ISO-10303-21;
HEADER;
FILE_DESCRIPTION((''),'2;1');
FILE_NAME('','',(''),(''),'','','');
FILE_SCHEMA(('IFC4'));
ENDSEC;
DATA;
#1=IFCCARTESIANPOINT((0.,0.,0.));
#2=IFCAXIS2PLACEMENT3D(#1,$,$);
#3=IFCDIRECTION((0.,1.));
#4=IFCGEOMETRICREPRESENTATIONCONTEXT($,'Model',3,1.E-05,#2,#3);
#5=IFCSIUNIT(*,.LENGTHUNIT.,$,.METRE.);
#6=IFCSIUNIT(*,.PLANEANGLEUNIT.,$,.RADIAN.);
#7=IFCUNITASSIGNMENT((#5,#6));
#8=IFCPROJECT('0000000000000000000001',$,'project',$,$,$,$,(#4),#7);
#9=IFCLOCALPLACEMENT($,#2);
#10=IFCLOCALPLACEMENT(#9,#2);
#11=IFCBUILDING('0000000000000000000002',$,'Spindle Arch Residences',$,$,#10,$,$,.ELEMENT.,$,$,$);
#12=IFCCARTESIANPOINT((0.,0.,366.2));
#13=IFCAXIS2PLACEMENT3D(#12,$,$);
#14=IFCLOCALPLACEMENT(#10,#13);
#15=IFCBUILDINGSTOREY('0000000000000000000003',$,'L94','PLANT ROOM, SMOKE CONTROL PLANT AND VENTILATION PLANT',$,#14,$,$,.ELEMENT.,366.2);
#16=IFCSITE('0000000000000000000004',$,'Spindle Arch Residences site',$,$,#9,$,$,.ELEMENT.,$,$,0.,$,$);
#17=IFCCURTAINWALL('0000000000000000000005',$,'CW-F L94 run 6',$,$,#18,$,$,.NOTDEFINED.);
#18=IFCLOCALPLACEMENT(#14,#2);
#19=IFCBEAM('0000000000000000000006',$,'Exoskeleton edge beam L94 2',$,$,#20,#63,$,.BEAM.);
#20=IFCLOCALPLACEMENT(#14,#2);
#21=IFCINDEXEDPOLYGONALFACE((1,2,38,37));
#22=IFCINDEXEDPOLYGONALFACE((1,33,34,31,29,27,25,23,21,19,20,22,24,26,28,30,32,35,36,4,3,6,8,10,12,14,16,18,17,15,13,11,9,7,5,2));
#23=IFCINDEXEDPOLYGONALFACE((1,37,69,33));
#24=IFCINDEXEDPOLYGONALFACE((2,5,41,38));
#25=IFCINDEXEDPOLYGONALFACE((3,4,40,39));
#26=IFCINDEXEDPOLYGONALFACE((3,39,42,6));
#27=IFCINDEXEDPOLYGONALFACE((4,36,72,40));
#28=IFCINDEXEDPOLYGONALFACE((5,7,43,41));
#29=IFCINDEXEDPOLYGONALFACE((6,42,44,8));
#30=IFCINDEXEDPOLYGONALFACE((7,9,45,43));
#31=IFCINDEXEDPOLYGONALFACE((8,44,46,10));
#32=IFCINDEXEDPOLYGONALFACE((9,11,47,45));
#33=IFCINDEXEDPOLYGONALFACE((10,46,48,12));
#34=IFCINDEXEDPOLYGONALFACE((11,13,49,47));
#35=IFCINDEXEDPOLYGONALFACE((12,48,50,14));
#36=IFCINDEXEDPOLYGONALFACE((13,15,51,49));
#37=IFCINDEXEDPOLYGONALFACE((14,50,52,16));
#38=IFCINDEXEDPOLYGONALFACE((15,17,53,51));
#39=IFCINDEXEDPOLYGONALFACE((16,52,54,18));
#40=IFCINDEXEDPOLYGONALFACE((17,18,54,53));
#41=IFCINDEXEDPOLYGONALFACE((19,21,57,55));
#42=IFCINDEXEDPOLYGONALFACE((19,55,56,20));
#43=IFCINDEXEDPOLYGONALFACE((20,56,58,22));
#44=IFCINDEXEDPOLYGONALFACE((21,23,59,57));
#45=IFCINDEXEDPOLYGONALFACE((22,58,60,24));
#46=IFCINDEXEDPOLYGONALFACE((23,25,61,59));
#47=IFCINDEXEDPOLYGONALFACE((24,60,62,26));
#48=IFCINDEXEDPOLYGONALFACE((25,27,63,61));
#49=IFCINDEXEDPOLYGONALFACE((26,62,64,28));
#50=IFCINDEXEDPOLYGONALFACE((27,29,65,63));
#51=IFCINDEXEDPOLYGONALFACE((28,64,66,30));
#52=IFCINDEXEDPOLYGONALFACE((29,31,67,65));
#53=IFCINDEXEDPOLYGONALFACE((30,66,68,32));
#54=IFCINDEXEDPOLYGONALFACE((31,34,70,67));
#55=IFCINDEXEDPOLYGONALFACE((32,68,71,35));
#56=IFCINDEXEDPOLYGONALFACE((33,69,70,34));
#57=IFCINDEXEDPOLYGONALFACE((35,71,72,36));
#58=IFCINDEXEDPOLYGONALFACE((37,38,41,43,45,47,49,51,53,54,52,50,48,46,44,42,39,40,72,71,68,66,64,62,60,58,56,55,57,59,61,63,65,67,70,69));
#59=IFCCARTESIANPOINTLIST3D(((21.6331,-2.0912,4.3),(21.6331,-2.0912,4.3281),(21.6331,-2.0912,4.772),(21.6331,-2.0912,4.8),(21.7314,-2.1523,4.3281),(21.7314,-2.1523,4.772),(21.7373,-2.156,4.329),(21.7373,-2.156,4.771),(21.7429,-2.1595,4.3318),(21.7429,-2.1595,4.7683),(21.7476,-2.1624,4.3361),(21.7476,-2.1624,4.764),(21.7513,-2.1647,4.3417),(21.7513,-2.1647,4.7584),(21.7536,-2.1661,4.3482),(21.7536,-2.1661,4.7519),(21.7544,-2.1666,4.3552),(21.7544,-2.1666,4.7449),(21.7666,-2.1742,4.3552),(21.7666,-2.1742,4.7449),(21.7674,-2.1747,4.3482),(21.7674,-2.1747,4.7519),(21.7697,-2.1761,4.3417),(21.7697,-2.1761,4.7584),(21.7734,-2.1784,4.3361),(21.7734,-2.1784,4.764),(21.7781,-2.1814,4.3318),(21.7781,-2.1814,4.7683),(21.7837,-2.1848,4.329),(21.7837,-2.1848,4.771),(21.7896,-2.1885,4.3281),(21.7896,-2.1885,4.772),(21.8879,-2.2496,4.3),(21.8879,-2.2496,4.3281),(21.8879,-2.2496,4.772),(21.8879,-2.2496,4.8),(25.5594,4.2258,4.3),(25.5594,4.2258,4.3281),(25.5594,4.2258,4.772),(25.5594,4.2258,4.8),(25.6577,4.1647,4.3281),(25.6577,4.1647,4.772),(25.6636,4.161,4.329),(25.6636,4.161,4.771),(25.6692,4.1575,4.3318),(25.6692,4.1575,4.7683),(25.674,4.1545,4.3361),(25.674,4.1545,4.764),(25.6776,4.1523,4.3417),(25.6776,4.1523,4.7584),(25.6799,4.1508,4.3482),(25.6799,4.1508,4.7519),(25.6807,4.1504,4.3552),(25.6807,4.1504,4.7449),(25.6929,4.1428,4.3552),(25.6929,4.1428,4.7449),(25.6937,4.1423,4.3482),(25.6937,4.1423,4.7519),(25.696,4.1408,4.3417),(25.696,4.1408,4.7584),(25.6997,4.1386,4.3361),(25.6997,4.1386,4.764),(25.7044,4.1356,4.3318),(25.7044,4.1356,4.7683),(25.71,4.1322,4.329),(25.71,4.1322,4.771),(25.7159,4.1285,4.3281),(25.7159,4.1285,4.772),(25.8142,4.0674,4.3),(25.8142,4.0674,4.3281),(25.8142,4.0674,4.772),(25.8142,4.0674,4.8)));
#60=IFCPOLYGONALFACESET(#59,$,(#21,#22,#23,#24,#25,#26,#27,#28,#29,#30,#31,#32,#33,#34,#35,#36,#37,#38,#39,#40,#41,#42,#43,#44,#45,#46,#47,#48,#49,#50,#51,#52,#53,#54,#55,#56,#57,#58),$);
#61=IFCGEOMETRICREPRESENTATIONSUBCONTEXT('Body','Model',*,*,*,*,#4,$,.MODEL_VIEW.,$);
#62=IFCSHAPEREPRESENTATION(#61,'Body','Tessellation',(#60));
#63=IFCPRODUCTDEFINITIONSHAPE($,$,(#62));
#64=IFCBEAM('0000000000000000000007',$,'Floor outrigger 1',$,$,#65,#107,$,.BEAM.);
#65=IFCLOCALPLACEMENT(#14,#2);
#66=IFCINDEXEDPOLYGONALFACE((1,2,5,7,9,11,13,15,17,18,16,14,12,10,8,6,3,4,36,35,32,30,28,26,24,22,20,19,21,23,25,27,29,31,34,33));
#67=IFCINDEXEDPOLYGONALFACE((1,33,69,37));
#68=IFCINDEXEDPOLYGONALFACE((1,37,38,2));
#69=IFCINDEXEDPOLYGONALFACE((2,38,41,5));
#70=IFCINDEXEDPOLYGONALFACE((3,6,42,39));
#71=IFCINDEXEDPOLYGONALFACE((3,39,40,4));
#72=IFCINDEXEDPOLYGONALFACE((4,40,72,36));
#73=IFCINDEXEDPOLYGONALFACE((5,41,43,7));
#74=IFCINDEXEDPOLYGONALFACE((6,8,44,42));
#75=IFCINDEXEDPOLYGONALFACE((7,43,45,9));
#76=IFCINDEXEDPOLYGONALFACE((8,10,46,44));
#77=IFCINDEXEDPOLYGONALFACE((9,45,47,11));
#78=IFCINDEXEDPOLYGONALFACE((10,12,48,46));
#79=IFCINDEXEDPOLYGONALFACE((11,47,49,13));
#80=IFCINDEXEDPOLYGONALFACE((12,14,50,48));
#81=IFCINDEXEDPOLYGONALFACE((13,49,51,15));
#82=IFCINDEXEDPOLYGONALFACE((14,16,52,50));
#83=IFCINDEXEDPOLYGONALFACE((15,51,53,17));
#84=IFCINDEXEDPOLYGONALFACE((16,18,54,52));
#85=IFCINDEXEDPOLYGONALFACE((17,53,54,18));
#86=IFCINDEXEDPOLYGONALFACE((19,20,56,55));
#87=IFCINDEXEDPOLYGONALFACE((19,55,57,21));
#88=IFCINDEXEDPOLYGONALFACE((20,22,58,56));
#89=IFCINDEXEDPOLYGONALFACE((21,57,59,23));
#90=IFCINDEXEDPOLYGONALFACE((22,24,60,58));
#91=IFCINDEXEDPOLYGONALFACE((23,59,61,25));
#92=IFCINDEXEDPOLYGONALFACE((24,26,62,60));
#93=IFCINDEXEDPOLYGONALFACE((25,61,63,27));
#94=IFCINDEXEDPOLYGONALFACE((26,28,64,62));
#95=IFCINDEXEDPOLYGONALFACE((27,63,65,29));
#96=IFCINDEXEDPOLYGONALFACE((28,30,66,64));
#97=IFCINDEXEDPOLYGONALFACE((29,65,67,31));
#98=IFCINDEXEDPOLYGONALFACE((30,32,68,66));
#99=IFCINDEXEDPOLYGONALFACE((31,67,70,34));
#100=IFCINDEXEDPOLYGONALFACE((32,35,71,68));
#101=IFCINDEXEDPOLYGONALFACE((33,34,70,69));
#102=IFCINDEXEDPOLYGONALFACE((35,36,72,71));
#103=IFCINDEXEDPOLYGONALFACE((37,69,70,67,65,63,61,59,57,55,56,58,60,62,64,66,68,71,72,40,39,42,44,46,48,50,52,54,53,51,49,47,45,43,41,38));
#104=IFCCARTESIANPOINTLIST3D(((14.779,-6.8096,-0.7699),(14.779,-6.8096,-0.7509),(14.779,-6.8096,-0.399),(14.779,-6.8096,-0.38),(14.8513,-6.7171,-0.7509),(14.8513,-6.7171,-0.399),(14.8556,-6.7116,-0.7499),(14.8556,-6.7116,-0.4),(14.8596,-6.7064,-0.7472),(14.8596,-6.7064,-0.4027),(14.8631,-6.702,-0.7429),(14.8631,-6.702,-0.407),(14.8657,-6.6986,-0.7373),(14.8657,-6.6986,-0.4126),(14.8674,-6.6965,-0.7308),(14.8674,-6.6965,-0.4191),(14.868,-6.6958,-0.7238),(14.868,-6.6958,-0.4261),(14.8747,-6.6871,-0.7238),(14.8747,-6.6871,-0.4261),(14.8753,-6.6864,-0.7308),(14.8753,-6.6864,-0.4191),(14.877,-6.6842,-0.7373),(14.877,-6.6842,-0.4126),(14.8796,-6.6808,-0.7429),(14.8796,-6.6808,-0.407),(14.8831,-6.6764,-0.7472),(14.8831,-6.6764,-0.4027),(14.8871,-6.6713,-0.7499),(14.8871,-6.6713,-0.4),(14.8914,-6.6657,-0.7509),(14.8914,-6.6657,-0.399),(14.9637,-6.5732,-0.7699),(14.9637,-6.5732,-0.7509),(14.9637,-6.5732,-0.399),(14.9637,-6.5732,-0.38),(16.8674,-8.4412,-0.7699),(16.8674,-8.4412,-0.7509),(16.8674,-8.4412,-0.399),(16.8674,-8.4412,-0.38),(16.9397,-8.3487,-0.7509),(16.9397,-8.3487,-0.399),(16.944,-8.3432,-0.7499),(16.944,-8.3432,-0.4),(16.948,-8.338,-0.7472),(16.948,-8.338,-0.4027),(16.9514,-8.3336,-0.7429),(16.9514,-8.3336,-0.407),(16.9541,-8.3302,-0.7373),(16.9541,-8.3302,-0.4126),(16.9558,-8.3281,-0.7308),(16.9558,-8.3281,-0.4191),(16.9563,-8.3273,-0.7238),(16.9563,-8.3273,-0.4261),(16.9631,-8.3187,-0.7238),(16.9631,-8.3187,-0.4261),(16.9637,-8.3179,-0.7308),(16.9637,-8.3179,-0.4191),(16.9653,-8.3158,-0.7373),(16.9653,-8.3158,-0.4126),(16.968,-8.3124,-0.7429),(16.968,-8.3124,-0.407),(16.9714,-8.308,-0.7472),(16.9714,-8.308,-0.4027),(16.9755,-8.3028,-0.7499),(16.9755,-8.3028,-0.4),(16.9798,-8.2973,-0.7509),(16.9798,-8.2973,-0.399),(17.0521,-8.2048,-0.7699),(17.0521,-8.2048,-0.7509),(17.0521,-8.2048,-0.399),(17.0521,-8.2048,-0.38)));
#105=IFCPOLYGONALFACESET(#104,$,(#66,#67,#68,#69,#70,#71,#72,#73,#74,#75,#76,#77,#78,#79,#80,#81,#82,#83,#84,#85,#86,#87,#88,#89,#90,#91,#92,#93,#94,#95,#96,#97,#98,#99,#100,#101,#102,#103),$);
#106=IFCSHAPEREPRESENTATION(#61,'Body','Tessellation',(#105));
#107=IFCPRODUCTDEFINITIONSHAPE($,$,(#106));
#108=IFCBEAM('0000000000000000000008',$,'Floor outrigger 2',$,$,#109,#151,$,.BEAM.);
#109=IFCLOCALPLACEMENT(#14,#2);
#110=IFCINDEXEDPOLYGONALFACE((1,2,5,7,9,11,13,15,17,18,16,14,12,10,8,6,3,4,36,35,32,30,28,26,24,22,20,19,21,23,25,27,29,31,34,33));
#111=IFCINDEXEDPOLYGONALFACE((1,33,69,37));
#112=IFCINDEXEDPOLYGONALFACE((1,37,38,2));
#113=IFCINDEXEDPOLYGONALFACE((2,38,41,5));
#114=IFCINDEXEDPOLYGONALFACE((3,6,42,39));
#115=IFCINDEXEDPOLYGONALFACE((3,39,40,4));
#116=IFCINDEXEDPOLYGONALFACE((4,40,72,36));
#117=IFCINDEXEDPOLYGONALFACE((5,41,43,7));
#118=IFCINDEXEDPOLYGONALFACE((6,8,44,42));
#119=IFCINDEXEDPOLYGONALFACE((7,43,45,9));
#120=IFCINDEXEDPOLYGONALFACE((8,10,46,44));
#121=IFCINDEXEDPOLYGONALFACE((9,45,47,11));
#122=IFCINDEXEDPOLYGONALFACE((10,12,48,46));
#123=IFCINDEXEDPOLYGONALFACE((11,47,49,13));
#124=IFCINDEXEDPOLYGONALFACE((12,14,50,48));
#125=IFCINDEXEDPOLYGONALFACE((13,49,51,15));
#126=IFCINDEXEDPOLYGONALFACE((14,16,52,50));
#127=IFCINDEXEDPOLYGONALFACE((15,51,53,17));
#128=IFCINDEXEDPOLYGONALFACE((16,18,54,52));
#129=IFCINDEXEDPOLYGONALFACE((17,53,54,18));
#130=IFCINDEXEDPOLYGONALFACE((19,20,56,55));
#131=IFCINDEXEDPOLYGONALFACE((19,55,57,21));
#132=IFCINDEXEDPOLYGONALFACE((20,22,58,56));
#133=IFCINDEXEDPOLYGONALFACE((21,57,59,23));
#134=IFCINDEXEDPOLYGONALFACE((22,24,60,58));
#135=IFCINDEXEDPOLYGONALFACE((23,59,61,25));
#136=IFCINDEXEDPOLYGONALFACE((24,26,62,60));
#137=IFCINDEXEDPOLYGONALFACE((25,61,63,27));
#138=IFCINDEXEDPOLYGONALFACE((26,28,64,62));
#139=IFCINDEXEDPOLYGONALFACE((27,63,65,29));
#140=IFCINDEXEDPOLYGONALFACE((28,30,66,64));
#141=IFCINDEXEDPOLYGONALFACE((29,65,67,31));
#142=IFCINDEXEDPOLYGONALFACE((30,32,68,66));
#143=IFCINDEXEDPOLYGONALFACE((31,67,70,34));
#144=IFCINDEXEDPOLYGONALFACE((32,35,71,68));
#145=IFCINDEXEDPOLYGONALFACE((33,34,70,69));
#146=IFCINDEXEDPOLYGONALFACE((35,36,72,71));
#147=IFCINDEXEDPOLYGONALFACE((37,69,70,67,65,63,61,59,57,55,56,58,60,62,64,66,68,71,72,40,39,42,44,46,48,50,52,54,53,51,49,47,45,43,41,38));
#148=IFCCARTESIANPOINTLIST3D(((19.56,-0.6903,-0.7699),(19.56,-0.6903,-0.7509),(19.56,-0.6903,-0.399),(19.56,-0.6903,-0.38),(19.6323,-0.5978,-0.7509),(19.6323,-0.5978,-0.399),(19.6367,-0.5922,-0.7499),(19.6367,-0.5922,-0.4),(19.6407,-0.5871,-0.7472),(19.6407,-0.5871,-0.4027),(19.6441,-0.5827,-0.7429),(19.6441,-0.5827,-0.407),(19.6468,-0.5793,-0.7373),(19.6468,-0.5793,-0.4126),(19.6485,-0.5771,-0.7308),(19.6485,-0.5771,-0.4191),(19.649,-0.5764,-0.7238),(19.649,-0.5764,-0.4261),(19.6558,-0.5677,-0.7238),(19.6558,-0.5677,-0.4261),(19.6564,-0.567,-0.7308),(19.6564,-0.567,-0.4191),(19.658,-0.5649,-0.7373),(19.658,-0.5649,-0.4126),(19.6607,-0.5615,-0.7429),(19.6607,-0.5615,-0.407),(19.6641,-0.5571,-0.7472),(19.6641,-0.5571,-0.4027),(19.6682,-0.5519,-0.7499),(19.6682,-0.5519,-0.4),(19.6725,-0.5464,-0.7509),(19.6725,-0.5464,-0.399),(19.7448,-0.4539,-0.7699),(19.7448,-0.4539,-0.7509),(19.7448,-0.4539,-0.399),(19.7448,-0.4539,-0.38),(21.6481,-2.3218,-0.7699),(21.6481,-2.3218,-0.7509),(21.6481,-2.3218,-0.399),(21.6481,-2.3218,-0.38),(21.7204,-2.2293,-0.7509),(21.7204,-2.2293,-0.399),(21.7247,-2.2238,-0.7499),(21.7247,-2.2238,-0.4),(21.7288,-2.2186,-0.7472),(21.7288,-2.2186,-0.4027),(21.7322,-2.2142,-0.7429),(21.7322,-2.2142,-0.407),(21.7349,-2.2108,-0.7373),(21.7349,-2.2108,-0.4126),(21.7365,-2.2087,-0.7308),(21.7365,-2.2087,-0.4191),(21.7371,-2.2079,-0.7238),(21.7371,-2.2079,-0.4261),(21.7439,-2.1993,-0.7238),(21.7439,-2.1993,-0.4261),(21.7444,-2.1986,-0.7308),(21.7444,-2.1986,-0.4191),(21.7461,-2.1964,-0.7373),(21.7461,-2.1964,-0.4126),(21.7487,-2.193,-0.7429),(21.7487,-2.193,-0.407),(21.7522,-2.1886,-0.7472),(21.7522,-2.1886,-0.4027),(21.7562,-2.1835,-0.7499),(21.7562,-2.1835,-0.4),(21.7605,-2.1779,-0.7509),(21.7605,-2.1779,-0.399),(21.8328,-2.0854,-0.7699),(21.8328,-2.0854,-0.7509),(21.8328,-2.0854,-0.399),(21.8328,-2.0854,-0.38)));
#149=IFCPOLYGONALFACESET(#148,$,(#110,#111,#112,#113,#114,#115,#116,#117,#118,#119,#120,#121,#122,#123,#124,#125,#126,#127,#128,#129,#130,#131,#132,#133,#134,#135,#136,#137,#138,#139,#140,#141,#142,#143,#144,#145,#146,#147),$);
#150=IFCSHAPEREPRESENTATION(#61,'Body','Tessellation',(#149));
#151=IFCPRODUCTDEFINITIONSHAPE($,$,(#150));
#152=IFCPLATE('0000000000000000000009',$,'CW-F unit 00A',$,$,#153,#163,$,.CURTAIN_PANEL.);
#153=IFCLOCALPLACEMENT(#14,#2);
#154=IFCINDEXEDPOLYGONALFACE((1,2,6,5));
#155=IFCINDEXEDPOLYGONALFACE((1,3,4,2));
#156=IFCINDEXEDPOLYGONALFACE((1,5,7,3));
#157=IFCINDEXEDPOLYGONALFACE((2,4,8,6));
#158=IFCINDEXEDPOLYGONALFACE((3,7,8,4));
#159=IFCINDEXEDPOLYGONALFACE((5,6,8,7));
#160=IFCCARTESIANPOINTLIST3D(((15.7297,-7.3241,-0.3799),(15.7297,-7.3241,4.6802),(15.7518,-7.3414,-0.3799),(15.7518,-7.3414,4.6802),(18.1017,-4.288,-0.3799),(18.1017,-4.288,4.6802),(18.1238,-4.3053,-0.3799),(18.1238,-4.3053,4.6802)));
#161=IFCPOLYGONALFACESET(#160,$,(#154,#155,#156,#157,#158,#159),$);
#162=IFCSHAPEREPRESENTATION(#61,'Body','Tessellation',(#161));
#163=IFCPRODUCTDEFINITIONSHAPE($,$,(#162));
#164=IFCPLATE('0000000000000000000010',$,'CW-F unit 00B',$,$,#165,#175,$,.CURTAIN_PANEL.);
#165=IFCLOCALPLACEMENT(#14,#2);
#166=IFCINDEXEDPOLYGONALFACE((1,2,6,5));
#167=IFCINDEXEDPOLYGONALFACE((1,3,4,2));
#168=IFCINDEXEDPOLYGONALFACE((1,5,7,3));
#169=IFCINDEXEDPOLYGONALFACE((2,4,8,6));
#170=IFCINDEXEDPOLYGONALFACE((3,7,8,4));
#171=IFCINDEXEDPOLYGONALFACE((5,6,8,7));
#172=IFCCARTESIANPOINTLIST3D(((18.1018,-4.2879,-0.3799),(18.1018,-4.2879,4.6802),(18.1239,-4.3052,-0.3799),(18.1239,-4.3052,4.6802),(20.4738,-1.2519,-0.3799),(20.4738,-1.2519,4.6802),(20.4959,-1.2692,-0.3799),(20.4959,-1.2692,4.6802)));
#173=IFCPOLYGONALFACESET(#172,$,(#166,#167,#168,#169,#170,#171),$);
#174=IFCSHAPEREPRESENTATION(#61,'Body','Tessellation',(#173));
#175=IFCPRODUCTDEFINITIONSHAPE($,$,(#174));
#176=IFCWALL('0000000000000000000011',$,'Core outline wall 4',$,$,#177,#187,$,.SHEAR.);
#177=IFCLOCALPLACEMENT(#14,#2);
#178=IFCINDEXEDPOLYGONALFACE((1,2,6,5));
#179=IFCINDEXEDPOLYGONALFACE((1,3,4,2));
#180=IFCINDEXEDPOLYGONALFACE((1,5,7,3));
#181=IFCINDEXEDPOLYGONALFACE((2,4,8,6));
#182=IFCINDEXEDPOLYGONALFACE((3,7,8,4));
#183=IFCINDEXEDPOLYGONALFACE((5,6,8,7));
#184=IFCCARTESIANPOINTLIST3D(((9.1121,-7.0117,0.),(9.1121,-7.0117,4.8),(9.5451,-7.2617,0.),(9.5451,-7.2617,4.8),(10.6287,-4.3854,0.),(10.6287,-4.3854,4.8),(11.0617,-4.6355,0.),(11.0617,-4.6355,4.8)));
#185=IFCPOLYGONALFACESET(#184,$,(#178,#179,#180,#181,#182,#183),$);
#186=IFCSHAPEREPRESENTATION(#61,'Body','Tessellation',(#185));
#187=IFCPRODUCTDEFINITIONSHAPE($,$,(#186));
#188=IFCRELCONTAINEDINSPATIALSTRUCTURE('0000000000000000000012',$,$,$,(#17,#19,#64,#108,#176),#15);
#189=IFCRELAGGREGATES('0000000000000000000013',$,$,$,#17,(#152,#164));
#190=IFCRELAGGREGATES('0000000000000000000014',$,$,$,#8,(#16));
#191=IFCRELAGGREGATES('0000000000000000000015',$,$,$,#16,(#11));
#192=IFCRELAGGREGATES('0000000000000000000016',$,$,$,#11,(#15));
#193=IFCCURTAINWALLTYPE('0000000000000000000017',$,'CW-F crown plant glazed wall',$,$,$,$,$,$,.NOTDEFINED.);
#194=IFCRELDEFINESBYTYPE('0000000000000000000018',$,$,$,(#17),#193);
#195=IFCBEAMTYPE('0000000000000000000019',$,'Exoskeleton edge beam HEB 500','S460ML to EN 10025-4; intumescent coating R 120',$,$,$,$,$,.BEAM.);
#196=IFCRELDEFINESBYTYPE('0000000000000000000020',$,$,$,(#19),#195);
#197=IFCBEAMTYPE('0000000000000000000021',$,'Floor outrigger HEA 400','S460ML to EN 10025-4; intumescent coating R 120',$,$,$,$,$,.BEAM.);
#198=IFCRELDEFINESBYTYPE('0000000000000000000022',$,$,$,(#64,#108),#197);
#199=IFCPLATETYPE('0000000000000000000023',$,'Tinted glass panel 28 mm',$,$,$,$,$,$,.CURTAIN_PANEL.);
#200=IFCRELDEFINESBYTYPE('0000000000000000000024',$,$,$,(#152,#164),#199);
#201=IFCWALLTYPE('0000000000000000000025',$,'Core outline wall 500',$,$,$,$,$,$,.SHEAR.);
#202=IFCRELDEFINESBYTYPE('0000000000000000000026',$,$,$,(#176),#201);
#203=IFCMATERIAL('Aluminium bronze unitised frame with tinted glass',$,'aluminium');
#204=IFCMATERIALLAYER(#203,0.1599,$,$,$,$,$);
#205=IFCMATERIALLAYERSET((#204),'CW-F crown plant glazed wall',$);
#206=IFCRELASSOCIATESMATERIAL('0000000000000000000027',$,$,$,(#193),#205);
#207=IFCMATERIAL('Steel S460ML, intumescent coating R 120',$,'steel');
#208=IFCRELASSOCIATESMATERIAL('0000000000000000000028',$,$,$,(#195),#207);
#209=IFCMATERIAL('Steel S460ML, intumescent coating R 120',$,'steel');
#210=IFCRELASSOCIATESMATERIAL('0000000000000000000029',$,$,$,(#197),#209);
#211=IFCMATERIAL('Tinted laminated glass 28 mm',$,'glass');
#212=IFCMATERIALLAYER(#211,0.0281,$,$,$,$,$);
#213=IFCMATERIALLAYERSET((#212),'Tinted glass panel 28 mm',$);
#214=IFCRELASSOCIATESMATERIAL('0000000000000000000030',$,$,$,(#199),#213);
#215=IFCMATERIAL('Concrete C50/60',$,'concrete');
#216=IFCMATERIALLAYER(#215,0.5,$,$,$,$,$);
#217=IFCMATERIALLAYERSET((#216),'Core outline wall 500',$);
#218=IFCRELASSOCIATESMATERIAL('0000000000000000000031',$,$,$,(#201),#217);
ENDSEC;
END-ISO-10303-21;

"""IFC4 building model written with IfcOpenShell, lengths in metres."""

from ifc_helpers import new_model, si_unit, direction, frame, frame_2d, origin, origin_2d, place, context, subcontext, project, spatial, rectangle, i_section, extrude, material, layer, layer_set, material_profile, profile_set, type_object, element, aggregate, save


model = new_model("IFC4")

# Units and contexts
model_context = context("Model", 3, precision=1e-05, world=origin(), true_north=direction((0.0, 1.0)))
body_context = subcontext(model_context, "Body", "Model", "MODEL_VIEW")
ifc_project = project(units=[si_unit("LENGTHUNIT", "METRE"), si_unit("PLANEANGLEUNIT", "RADIAN")], contexts=[model_context])

# Site, building, storey
site_placement = place(None, origin())
site = spatial("IfcSite", under=ifc_project, at=site_placement, Name="Spindle Arch Residences site", CompositionType="ELEMENT", RefElevation=0.0)
building_placement = place(site_placement, origin())
building = spatial("IfcBuilding", under=site, at=building_placement, Name="Spindle Arch Residences", CompositionType="ELEMENT")
storey_placement = place(building_placement, frame((0.0, 0.0, 366.2)))
storey = spatial("IfcBuildingStorey", under=building, at=storey_placement, Name="L94", Description="PLANT ROOM, SMOKE CONTROL PLANT AND VENTILATION PLANT", CompositionType="ELEMENT", Elevation=366.2)

# Curtain wall
ifc_material_1 = material(Name="Aluminium bronze unitised frame with tinted glass", Category="aluminium")
ifc_layer_1 = layer(ifc_material_1, 0.1599)
ifc_layer_set_1 = layer_set([ifc_layer_1], Name="CW-F crown plant glazed wall")
curtain_wall_type = type_object("IfcCurtainWallType", Name="CW-F crown plant glazed wall", PredefinedType="NOTDEFINED", material=ifc_layer_set_1)
curtain_wall_1_placement = place(storey_placement, origin())
curtain_wall_1 = element("IfcCurtainWall", 1, at=curtain_wall_1_placement, inside=storey, type_object=curtain_wall_type, Name="CW-F L94 run 6", PredefinedType="NOTDEFINED")

# Beams
ifc_material_2 = material(Name="Steel S460ML, intumescent coating R 120", Category="steel")
ifc_material_profile_1 = material_profile(ifc_material_2, i_section(OverallWidth=0.3, OverallDepth=0.5, WebThickness=0.0144, FlangeThickness=0.0281, FilletRadius=0.0271, at=origin_2d()), Name="HEB 500")
ifc_profile_set_1 = profile_set([ifc_material_profile_1], Name="Steel S460ML, intumescent coating R 120")
beam_type_1 = type_object("IfcBeamType", Name="Exoskeleton edge beam HEB 500", Description="S460ML to EN 10025-4; intumescent coating R 120", PredefinedType="BEAM", material=ifc_profile_set_1)
beam_1_placement = place(storey_placement, frame((21.7605, -2.1704, 4.55), z_axis=(0.527891, 0.849312, 0.0), x_axis=(-0.849312, 0.527891, 0.0)))
element("IfcBeam", 2, at=beam_1_placement, inside=storey, type_object=beam_type_1, Name="Exoskeleton edge beam L94 2", PredefinedType="BEAM", context=body_context, shape_type="SweptSolid", body=[
    extrude(i_section(OverallWidth=0.3, OverallDepth=0.5, WebThickness=0.0144, FlangeThickness=0.0281, FilletRadius=0.0271, at=origin_2d()), origin(), (0.0, 0.0, 1.0), 7.4377),
])
ifc_material_3 = material(Name="Steel S460ML, intumescent coating R 120", Category="steel")
ifc_material_profile_2 = material_profile(ifc_material_3, i_section(OverallWidth=0.3, OverallDepth=0.3899, WebThickness=0.011, FlangeThickness=0.019, FilletRadius=0.0271, at=origin_2d()), Name="HEA 400")
ifc_profile_set_2 = profile_set([ifc_material_profile_2], Name="Steel S460ML, intumescent coating R 120")
beam_type_2 = type_object("IfcBeamType", Name="Floor outrigger HEA 400", Description="S460ML to EN 10025-4; intumescent coating R 120", PredefinedType="BEAM", material=ifc_profile_set_2)
beam_2_placement = place(storey_placement, frame((16.9597, -8.323, -0.575), z_axis=(-0.788016, 0.615655, 0.0), x_axis=(-0.615655, -0.788016, 0.0)))
element("IfcBeam", 3, at=beam_2_placement, inside=storey, type_object=beam_type_2, Name="Floor outrigger 1", PredefinedType="BEAM", context=body_context, shape_type="SweptSolid", body=[
    extrude(i_section(OverallWidth=0.3, OverallDepth=0.3899, WebThickness=0.011, FlangeThickness=0.019, FilletRadius=0.0271, at=origin_2d()), origin(), (0.0, 0.0, 1.0), 2.6501),
])
beam_3_placement = place(storey_placement, frame((21.7405, -2.2036, -0.575), z_axis=(-0.787981, 0.615699, 0.0), x_axis=(-0.615699, -0.787981, 0.0)))
element("IfcBeam", 4, at=beam_3_placement, inside=storey, type_object=beam_type_2, Name="Floor outrigger 2", PredefinedType="BEAM", context=body_context, shape_type="SweptSolid", body=[
    extrude(i_section(OverallWidth=0.3, OverallDepth=0.3899, WebThickness=0.011, FlangeThickness=0.019, FilletRadius=0.0271, at=origin_2d()), origin(), (0.0, 0.0, 1.0), 2.6499),
])

# Plates
ifc_material_4 = material(Name="Tinted laminated glass 28 mm", Category="glass")
ifc_layer_2 = layer(ifc_material_4, 0.0281)
ifc_layer_set_2 = layer_set([ifc_layer_2], Name="Tinted glass panel 28 mm")
plate_type = type_object("IfcPlateType", Name="Tinted glass panel 28 mm", PredefinedType="CURTAIN_PANEL", material=ifc_layer_set_2)
plate_1_placement = place(storey_placement, frame((16.9268, -5.8147, -0.3799), z_axis=(0.0, 0.0, 1.0), x_axis=(0.615661, 0.788011, 0.0)))
plate_1 = element("IfcPlate", 5, at=plate_1_placement, type_object=plate_type, Name="CW-F unit 00A", PredefinedType="CURTAIN_PANEL", context=body_context, shape_type="SweptSolid", body=[
    extrude(rectangle(XDim=3.8528, YDim=0.0281, at=origin_2d()), origin(), (0.0, 0.0, 1.0), 5.0601),
])
plate_2_placement = place(storey_placement, frame((19.2988, -2.7786, -0.3799), z_axis=(0.0, 0.0, 1.0), x_axis=(0.615661, 0.788011, 0.0)))
plate_2 = element("IfcPlate", 6, at=plate_2_placement, type_object=plate_type, Name="CW-F unit 00B", PredefinedType="CURTAIN_PANEL", context=body_context, shape_type="SweptSolid", body=[
    extrude(rectangle(XDim=3.8528, YDim=0.0281, at=origin_2d()), origin(), (0.0, 0.0, 1.0), 5.0601),
])
aggregate(curtain_wall_1, [plate_1, plate_2])

# Wall
ifc_material_5 = material(Name="Concrete C50/60", Category="concrete")
ifc_layer_3 = layer(ifc_material_5, 0.5)
ifc_layer_set_3 = layer_set([ifc_layer_3], Name="Core outline wall 500")
wall_type_1 = type_object("IfcWallType", Name="Core outline wall 500", PredefinedType="SHEAR", material=ifc_layer_set_3)
for number, where, z_axis, x_axis, name in (
    (7, (9.3286, -7.1367, 0.0), (0.0, 0.0, 1.0), (0.500087, 0.865975, 0.0), "Core outline wall 4"),
):
    element("IfcWall", number, at=place(storey_placement, frame(where, z_axis=z_axis, x_axis=x_axis)), inside=storey, type_object=wall_type_1, Name=name, PredefinedType="SHEAR", context=body_context, shape_type="SweptSolid", body=[
        extrude(rectangle(XDim=3.0327, YDim=0.5, at=frame_2d((1.5164, 0.0))), origin(), (0.0, 0.0, 1.0), 4.8),
    ])

save(model, "model.ifc")
